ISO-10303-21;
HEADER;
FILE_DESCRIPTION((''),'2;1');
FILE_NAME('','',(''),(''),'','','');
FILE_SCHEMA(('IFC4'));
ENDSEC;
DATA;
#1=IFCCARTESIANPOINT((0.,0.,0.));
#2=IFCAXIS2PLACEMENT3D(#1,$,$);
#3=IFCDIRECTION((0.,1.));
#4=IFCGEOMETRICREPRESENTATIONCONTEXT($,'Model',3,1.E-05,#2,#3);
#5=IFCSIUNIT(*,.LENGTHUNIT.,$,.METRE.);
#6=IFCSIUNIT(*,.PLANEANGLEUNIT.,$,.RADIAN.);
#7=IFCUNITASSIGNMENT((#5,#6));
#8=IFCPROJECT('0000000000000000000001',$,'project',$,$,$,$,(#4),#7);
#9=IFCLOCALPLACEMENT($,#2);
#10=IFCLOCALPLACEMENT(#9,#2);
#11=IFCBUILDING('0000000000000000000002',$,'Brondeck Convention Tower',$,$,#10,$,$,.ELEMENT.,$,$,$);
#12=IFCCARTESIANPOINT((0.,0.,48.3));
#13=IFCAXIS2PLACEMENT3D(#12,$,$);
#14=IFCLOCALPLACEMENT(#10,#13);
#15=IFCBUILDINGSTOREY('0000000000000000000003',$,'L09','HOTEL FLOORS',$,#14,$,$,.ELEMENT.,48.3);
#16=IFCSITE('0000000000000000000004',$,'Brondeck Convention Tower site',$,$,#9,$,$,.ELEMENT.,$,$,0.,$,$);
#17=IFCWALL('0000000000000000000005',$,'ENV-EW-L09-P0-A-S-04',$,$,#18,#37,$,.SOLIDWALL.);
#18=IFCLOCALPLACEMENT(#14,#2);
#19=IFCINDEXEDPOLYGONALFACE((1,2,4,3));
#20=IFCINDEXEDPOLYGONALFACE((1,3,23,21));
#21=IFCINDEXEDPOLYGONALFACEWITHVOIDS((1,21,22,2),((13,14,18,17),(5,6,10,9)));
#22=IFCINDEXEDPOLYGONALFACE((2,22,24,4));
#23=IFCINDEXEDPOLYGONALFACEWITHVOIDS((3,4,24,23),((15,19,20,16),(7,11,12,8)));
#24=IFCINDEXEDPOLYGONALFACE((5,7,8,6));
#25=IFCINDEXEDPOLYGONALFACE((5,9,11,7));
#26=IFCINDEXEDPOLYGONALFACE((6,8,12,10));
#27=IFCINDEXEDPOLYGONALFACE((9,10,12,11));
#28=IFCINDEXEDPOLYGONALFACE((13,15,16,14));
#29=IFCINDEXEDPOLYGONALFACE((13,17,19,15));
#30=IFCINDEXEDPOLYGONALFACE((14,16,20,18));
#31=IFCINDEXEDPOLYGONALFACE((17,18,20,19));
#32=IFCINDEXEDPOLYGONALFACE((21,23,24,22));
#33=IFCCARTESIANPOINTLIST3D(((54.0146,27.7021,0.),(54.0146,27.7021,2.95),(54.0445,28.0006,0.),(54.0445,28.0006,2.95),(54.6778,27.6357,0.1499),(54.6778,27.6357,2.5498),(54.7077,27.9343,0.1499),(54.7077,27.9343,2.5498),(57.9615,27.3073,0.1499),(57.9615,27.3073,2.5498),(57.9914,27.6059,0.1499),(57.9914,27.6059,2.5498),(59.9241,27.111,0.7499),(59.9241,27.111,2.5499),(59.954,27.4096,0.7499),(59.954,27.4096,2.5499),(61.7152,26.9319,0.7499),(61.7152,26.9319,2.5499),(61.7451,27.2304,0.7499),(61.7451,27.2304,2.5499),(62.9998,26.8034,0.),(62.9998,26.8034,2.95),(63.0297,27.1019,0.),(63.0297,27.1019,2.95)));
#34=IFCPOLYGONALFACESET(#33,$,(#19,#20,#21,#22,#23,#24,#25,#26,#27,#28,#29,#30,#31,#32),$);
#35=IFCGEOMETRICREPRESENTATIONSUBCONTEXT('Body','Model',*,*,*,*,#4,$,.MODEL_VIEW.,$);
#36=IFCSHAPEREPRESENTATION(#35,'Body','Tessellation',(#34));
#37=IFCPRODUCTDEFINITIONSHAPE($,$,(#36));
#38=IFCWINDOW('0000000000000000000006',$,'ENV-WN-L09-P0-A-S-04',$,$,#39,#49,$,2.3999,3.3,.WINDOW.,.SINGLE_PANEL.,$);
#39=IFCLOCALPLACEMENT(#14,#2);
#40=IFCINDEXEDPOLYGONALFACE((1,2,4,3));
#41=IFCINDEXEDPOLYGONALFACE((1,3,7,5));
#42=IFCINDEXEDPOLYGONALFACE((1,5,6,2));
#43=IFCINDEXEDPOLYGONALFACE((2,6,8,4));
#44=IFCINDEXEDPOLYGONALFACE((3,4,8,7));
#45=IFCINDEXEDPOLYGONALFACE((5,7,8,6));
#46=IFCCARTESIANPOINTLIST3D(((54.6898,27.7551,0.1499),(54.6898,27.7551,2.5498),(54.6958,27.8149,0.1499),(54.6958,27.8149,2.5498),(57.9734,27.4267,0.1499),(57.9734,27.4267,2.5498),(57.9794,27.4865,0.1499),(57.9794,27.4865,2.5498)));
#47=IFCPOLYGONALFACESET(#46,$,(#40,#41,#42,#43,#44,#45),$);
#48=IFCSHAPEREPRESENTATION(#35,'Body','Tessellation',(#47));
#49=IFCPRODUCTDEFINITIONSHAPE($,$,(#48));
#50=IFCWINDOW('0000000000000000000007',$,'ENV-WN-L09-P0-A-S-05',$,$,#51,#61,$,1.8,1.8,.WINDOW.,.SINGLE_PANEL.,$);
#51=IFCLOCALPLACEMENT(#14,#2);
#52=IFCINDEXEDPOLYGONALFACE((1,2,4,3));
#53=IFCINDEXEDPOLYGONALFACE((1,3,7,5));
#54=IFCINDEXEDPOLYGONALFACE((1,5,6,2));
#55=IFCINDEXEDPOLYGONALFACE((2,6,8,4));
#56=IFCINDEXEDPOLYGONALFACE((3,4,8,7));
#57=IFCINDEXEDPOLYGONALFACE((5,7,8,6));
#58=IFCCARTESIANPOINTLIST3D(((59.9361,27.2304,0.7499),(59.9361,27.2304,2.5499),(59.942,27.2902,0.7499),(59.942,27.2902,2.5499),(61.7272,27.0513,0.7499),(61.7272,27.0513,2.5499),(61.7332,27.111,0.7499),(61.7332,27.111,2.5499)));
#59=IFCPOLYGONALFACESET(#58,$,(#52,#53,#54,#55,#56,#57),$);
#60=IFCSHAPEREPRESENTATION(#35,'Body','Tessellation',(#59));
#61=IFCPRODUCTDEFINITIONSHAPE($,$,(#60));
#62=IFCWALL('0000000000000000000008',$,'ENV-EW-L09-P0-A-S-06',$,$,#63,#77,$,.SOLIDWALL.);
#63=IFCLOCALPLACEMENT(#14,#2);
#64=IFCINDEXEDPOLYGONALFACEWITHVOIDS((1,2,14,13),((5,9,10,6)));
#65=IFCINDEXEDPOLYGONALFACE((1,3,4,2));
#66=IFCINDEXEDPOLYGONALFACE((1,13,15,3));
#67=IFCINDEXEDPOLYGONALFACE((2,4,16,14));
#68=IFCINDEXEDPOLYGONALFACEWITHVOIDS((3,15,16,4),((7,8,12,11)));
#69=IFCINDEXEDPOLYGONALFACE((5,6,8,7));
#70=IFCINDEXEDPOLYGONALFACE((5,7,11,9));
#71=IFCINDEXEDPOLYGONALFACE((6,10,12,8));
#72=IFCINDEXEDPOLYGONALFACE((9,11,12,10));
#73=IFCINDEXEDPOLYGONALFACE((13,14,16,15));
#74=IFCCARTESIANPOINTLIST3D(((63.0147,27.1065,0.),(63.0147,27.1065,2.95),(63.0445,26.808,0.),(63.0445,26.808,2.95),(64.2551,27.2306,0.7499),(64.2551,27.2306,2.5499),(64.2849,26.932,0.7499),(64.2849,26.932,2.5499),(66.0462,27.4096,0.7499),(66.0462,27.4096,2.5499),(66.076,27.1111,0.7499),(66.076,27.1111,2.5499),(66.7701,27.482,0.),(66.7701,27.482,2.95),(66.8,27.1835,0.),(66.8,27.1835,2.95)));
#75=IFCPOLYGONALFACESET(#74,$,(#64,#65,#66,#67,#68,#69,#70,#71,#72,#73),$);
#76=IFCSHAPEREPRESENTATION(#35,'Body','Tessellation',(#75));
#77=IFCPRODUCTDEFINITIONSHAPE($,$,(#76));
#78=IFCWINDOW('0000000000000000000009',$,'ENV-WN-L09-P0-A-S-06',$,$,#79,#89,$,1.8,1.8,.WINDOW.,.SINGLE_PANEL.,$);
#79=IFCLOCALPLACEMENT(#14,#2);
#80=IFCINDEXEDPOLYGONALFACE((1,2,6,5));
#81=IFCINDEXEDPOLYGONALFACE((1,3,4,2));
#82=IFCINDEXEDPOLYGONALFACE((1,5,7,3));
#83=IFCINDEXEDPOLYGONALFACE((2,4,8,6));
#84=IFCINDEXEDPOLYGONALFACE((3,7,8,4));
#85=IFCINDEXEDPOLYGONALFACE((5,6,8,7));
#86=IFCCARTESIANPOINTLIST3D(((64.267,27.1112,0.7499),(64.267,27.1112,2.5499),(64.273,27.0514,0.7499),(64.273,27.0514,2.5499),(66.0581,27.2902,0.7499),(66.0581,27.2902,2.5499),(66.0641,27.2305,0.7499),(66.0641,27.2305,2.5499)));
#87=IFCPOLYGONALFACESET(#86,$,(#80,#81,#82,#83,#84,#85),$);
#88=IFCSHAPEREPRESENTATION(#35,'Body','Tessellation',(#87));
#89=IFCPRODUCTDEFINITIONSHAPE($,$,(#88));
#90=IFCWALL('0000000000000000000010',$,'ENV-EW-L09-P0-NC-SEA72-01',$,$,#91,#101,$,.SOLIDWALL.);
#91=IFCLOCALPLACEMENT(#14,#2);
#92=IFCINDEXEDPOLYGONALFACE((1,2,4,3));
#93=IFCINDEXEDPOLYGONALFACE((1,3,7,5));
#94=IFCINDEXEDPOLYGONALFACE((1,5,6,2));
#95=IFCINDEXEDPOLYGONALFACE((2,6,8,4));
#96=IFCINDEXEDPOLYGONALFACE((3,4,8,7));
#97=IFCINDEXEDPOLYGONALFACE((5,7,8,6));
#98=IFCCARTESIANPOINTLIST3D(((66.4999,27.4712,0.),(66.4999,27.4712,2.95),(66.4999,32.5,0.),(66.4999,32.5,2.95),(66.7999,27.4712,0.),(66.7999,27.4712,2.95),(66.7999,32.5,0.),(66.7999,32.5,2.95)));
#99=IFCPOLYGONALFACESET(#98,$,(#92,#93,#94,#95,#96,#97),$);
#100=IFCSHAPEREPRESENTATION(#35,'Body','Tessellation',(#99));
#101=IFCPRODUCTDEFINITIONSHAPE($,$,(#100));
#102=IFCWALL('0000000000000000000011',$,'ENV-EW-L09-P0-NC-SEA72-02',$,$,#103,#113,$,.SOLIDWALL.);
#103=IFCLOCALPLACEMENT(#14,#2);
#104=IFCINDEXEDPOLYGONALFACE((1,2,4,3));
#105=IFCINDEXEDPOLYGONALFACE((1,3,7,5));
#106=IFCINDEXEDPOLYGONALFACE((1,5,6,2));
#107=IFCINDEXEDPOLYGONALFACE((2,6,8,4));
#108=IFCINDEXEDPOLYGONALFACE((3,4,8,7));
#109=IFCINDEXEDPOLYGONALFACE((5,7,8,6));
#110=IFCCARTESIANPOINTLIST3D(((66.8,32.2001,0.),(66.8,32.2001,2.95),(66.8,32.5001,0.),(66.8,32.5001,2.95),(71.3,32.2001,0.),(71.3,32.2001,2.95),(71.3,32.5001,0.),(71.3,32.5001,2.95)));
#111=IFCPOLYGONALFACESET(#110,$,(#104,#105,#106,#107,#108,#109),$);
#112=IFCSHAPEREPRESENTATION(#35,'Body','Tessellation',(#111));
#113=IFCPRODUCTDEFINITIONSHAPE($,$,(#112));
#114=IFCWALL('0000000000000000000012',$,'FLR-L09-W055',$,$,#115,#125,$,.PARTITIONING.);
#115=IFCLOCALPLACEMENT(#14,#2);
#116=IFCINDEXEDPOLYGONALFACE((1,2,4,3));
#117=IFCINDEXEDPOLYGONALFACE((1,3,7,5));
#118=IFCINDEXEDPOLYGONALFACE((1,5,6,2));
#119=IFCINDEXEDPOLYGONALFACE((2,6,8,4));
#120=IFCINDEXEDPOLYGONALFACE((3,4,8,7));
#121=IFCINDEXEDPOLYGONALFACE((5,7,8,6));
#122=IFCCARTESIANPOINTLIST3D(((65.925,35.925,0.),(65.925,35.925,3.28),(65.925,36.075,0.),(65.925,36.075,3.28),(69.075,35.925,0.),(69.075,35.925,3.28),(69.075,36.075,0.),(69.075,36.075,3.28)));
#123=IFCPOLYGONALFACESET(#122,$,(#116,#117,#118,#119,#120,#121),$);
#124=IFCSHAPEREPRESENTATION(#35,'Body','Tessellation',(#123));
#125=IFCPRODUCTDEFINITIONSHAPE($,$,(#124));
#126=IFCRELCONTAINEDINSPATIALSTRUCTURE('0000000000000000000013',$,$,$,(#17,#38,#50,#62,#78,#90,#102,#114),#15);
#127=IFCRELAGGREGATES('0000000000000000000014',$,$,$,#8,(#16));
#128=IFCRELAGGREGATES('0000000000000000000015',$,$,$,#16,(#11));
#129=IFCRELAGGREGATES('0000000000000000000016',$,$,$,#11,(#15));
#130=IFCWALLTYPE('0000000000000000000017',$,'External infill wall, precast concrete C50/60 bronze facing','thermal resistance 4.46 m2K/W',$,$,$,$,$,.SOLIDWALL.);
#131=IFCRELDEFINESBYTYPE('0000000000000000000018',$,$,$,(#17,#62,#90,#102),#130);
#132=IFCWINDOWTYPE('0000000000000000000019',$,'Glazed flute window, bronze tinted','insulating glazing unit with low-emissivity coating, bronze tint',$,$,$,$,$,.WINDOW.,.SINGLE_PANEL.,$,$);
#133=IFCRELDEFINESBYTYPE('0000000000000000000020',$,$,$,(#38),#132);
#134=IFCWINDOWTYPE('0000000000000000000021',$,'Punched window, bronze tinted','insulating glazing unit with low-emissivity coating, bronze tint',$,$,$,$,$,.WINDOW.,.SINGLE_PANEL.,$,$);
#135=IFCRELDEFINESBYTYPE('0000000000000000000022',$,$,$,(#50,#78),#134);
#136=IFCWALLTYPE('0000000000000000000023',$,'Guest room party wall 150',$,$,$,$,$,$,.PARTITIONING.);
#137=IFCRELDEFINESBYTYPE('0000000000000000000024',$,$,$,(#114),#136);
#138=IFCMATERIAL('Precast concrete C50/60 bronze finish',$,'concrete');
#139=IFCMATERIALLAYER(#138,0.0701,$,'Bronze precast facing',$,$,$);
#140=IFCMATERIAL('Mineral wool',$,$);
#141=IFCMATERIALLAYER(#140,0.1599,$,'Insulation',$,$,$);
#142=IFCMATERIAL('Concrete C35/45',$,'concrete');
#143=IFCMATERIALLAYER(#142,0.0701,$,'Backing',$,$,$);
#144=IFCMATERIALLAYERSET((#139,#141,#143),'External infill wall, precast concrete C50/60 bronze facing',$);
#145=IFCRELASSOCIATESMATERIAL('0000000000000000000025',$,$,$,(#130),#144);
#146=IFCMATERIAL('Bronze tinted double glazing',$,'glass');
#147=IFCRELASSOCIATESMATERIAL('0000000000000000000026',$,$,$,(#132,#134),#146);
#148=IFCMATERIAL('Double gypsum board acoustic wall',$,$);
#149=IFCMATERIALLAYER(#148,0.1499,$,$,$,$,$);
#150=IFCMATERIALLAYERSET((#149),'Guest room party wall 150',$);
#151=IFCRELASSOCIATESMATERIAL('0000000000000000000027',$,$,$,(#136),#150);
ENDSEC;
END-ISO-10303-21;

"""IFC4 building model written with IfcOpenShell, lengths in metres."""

from ifc_helpers import new_model, si_unit, direction, frame, frame_2d, origin, place, context, subcontext, project, spatial, rectangle, extrude, material, layer, layer_set, type_object, element, fill, save


model = new_model("IFC4")

# Units and contexts
model_context = context("Model", 3, precision=1e-05, world=origin(), true_north=direction((0.0, 1.0)))
body_context = subcontext(model_context, "Body", "Model", "MODEL_VIEW")
ifc_project = project(units=[si_unit("LENGTHUNIT", "METRE"), si_unit("PLANEANGLEUNIT", "RADIAN")], contexts=[model_context])

# Site, building, storey
site_placement = place(None, origin())
site = spatial("IfcSite", under=ifc_project, at=site_placement, Name="Brondeck Convention Tower site", CompositionType="ELEMENT", RefElevation=0.0)
building_placement = place(site_placement, origin())
building = spatial("IfcBuilding", under=site, at=building_placement, Name="Brondeck Convention Tower", CompositionType="ELEMENT")
storey_placement = place(building_placement, frame((0.0, 0.0, 48.3)))
storey = spatial("IfcBuildingStorey", under=building, at=storey_placement, Name="L09", Description="HOTEL FLOORS", CompositionType="ELEMENT", Elevation=48.3)

# Wall, openings, windows
ifc_material_1 = material(Name="Precast concrete C50/60 bronze finish", Category="concrete")
ifc_layer_1 = layer(ifc_material_1, 0.0701, Name="Bronze precast facing")
ifc_material_2 = material(Name="Mineral wool")
ifc_layer_2 = layer(ifc_material_2, 0.1599, Name="Insulation")
ifc_material_3 = material(Name="Concrete C35/45", Category="concrete")
ifc_layer_3 = layer(ifc_material_3, 0.0701, Name="Backing")
ifc_layer_set_1 = layer_set([ifc_layer_1, ifc_layer_2, ifc_layer_3], Name="External infill wall, precast concrete C50/60 bronze facing")
wall_type_1 = type_object("IfcWallType", Name="External infill wall, precast concrete C50/60 bronze facing", Description="thermal resistance 4.46 m2K/W", PredefinedType="SOLIDWALL", material=ifc_layer_set_1)
wall_1_placement = place(storey_placement, frame((63.0149, 26.9526, 0.0), z_axis=(0.0, 0.0, 1.0), x_axis=(-0.995035, 0.099522, 0.0)))
wall_1 = element("IfcWall", 1, at=wall_1_placement, inside=storey, type_object=wall_type_1, Name="ENV-EW-L09-P0-A-S-04", PredefinedType="SOLIDWALL", context=body_context, shape_type="SweptSolid", body=[
    extrude(rectangle(XDim=9.03, YDim=0.3, at=frame_2d((4.5151, 0.0))), origin(), (0.0, 0.0, 1.0), 2.95),
])
opening_1_placement = place(wall_1_placement, frame((1.2913, 0.0, 0.75)))
opening_1 = element("IfcOpeningElement", 2, at=opening_1_placement, cuts=wall_1, PredefinedType="OPENING", context=body_context, shape_type="SweptSolid", body=[
    extrude(rectangle(XDim=1.8, YDim=1.8, at=frame_2d((0.8999, 0.8999))), frame((0.0, 0.1599, 0.0), z_axis=(0.0, -1.0, 0.0), x_axis=(1.0, 0.0, 0.0)), (0.0, 0.0, 1.0), 0.3201),
])
opening_2_placement = place(wall_1_placement, frame((5.0637, 0.0, 0.1499)))
opening_2 = element("IfcOpeningElement", 3, at=opening_2_placement, cuts=wall_1, PredefinedType="OPENING", context=body_context, shape_type="SweptSolid", body=[
    extrude(rectangle(XDim=3.3, YDim=2.3999, at=frame_2d((1.6499, 1.2))), frame((0.0, 0.1599, 0.0), z_axis=(0.0, -1.0, 0.0), x_axis=(1.0, 0.0, 0.0)), (0.0, 0.0, 1.0), 0.3201),
])
ifc_material_4 = material(Name="Bronze tinted double glazing", Category="glass")
window_type_1 = type_object("IfcWindowType", Name="Glazed flute window, bronze tinted", Description="insulating glazing unit with low-emissivity coating, bronze tint", PartitioningType="SINGLE_PANEL", PredefinedType="WINDOW", material=ifc_material_4)
window_1_placement = place(opening_2_placement, origin())
window_1 = element("IfcWindow", 4, at=window_1_placement, inside=storey, type_object=window_type_1, Name="ENV-WN-L09-P0-A-S-04", OverallHeight=2.3999, OverallWidth=3.3, PartitioningType="SINGLE_PANEL", PredefinedType="WINDOW", context=body_context, shape_type="SweptSolid", body=[
    extrude(rectangle(XDim=3.3, YDim=2.3999, at=frame_2d((1.6499, 1.2))), frame((0.0, 0.03, 0.0), z_axis=(0.0, -1.0, 0.0), x_axis=(1.0, 0.0, 0.0)), (0.0, 0.0, 1.0), 0.0601),
])
fill(opening_2, window_1)
window_type_2 = type_object("IfcWindowType", Name="Punched window, bronze tinted", Description="insulating glazing unit with low-emissivity coating, bronze tint", PartitioningType="SINGLE_PANEL", PredefinedType="WINDOW", material=ifc_material_4)
window_2_placement = place(opening_1_placement, origin())
window_2 = element("IfcWindow", 5, at=window_2_placement, inside=storey, type_object=window_type_2, Name="ENV-WN-L09-P0-A-S-05", OverallHeight=1.8, OverallWidth=1.8, PartitioningType="SINGLE_PANEL", PredefinedType="WINDOW", context=body_context, shape_type="SweptSolid", body=[
    extrude(rectangle(XDim=1.8, YDim=1.8, at=frame_2d((0.8999, 0.8999))), frame((0.0, 0.03, 0.0), z_axis=(0.0, -1.0, 0.0), x_axis=(1.0, 0.0, 0.0)), (0.0, 0.0, 1.0), 0.0601),
])
fill(opening_1, window_2)

# Wall, opening, window
wall_2_placement = place(storey_placement, frame((66.7852, 27.3328, 0.0), z_axis=(0.0, 0.0, 1.0), x_axis=(-0.995038, -0.099491, 0.0)))
wall_2 = element("IfcWall", 6, at=wall_2_placement, inside=storey, type_object=wall_type_1, Name="ENV-EW-L09-P0-A-S-06", PredefinedType="SOLIDWALL", context=body_context, shape_type="SweptSolid", body=[
    extrude(rectangle(XDim=3.7742, YDim=0.3, at=frame_2d((1.8872, 0.0))), origin(), (0.0, 0.0, 1.0), 2.95),
])
opening_3_placement = place(wall_2_placement, frame((0.7278, 0.0, 0.75)))
opening_3 = element("IfcOpeningElement", 7, at=opening_3_placement, cuts=wall_2, PredefinedType="OPENING", context=body_context, shape_type="SweptSolid", body=[
    extrude(rectangle(XDim=1.8, YDim=1.8, at=frame_2d((0.8999, 0.8999))), frame((0.0, 0.1599, 0.0), z_axis=(0.0, -1.0, 0.0), x_axis=(1.0, 0.0, 0.0)), (0.0, 0.0, 1.0), 0.3201),
])
window_3_placement = place(opening_3_placement, origin())
window_3 = element("IfcWindow", 8, at=window_3_placement, inside=storey, type_object=window_type_2, Name="ENV-WN-L09-P0-A-S-06", OverallHeight=1.8, OverallWidth=1.8, PartitioningType="SINGLE_PANEL", PredefinedType="WINDOW", context=body_context, shape_type="SweptSolid", body=[
    extrude(rectangle(XDim=1.8, YDim=1.8, at=frame_2d((0.8999, 0.8999))), frame((0.0, 0.03, 0.0), z_axis=(0.0, -1.0, 0.0), x_axis=(1.0, 0.0, 0.0)), (0.0, 0.0, 1.0), 0.0601),
])
fill(opening_3, window_3)

# Walls
wall_3_placement = place(storey_placement, frame((66.6499, 32.5, 0.0), z_axis=(0.0, 0.0, 1.0), x_axis=(0.0, -1.0, 0.0)))
element("IfcWall", 9, at=wall_3_placement, inside=storey, type_object=wall_type_1, Name="ENV-EW-L09-P0-NC-SEA72-01", PredefinedType="SOLIDWALL", context=body_context, shape_type="SweptSolid", body=[
    extrude(rectangle(XDim=5.0288, YDim=0.3, at=frame_2d((2.5144, 0.0))), origin(), (0.0, 0.0, 1.0), 2.95),
])
wall_4_placement = place(storey_placement, frame((71.3, 32.3501, 0.0), z_axis=(0.0, 0.0, 1.0), x_axis=(-1.0, 0.0, 0.0)))
element("IfcWall", 10, at=wall_4_placement, inside=storey, type_object=wall_type_1, Name="ENV-EW-L09-P0-NC-SEA72-02", PredefinedType="SOLIDWALL", context=body_context, shape_type="SweptSolid", body=[
    extrude(rectangle(XDim=4.5, YDim=0.3, at=frame_2d((2.25, 0.0))), origin(), (0.0, 0.0, 1.0), 2.95),
])
ifc_material_5 = material(Name="Double gypsum board acoustic wall")
ifc_layer_4 = layer(ifc_material_5, 0.1499)
ifc_layer_set_2 = layer_set([ifc_layer_4], Name="Guest room party wall 150")
wall_type_2 = type_object("IfcWallType", Name="Guest room party wall 150", PredefinedType="PARTITIONING", material=ifc_layer_set_2)
wall_5_placement = place(storey_placement, frame((65.925, 36.0, 0.0), z_axis=(0.0, 0.0, 1.0), x_axis=(1.0, 0.0, 0.0)))
element("IfcWall", 11, at=wall_5_placement, inside=storey, type_object=wall_type_2, Name="FLR-L09-W055", PredefinedType="PARTITIONING", context=body_context, shape_type="SweptSolid", body=[
    extrude(rectangle(XDim=3.1499, YDim=0.1499, at=frame_2d((1.575, 0.0))), origin(), (0.0, 0.0, 1.0), 3.28),
])

save(model, "model.ifc")
